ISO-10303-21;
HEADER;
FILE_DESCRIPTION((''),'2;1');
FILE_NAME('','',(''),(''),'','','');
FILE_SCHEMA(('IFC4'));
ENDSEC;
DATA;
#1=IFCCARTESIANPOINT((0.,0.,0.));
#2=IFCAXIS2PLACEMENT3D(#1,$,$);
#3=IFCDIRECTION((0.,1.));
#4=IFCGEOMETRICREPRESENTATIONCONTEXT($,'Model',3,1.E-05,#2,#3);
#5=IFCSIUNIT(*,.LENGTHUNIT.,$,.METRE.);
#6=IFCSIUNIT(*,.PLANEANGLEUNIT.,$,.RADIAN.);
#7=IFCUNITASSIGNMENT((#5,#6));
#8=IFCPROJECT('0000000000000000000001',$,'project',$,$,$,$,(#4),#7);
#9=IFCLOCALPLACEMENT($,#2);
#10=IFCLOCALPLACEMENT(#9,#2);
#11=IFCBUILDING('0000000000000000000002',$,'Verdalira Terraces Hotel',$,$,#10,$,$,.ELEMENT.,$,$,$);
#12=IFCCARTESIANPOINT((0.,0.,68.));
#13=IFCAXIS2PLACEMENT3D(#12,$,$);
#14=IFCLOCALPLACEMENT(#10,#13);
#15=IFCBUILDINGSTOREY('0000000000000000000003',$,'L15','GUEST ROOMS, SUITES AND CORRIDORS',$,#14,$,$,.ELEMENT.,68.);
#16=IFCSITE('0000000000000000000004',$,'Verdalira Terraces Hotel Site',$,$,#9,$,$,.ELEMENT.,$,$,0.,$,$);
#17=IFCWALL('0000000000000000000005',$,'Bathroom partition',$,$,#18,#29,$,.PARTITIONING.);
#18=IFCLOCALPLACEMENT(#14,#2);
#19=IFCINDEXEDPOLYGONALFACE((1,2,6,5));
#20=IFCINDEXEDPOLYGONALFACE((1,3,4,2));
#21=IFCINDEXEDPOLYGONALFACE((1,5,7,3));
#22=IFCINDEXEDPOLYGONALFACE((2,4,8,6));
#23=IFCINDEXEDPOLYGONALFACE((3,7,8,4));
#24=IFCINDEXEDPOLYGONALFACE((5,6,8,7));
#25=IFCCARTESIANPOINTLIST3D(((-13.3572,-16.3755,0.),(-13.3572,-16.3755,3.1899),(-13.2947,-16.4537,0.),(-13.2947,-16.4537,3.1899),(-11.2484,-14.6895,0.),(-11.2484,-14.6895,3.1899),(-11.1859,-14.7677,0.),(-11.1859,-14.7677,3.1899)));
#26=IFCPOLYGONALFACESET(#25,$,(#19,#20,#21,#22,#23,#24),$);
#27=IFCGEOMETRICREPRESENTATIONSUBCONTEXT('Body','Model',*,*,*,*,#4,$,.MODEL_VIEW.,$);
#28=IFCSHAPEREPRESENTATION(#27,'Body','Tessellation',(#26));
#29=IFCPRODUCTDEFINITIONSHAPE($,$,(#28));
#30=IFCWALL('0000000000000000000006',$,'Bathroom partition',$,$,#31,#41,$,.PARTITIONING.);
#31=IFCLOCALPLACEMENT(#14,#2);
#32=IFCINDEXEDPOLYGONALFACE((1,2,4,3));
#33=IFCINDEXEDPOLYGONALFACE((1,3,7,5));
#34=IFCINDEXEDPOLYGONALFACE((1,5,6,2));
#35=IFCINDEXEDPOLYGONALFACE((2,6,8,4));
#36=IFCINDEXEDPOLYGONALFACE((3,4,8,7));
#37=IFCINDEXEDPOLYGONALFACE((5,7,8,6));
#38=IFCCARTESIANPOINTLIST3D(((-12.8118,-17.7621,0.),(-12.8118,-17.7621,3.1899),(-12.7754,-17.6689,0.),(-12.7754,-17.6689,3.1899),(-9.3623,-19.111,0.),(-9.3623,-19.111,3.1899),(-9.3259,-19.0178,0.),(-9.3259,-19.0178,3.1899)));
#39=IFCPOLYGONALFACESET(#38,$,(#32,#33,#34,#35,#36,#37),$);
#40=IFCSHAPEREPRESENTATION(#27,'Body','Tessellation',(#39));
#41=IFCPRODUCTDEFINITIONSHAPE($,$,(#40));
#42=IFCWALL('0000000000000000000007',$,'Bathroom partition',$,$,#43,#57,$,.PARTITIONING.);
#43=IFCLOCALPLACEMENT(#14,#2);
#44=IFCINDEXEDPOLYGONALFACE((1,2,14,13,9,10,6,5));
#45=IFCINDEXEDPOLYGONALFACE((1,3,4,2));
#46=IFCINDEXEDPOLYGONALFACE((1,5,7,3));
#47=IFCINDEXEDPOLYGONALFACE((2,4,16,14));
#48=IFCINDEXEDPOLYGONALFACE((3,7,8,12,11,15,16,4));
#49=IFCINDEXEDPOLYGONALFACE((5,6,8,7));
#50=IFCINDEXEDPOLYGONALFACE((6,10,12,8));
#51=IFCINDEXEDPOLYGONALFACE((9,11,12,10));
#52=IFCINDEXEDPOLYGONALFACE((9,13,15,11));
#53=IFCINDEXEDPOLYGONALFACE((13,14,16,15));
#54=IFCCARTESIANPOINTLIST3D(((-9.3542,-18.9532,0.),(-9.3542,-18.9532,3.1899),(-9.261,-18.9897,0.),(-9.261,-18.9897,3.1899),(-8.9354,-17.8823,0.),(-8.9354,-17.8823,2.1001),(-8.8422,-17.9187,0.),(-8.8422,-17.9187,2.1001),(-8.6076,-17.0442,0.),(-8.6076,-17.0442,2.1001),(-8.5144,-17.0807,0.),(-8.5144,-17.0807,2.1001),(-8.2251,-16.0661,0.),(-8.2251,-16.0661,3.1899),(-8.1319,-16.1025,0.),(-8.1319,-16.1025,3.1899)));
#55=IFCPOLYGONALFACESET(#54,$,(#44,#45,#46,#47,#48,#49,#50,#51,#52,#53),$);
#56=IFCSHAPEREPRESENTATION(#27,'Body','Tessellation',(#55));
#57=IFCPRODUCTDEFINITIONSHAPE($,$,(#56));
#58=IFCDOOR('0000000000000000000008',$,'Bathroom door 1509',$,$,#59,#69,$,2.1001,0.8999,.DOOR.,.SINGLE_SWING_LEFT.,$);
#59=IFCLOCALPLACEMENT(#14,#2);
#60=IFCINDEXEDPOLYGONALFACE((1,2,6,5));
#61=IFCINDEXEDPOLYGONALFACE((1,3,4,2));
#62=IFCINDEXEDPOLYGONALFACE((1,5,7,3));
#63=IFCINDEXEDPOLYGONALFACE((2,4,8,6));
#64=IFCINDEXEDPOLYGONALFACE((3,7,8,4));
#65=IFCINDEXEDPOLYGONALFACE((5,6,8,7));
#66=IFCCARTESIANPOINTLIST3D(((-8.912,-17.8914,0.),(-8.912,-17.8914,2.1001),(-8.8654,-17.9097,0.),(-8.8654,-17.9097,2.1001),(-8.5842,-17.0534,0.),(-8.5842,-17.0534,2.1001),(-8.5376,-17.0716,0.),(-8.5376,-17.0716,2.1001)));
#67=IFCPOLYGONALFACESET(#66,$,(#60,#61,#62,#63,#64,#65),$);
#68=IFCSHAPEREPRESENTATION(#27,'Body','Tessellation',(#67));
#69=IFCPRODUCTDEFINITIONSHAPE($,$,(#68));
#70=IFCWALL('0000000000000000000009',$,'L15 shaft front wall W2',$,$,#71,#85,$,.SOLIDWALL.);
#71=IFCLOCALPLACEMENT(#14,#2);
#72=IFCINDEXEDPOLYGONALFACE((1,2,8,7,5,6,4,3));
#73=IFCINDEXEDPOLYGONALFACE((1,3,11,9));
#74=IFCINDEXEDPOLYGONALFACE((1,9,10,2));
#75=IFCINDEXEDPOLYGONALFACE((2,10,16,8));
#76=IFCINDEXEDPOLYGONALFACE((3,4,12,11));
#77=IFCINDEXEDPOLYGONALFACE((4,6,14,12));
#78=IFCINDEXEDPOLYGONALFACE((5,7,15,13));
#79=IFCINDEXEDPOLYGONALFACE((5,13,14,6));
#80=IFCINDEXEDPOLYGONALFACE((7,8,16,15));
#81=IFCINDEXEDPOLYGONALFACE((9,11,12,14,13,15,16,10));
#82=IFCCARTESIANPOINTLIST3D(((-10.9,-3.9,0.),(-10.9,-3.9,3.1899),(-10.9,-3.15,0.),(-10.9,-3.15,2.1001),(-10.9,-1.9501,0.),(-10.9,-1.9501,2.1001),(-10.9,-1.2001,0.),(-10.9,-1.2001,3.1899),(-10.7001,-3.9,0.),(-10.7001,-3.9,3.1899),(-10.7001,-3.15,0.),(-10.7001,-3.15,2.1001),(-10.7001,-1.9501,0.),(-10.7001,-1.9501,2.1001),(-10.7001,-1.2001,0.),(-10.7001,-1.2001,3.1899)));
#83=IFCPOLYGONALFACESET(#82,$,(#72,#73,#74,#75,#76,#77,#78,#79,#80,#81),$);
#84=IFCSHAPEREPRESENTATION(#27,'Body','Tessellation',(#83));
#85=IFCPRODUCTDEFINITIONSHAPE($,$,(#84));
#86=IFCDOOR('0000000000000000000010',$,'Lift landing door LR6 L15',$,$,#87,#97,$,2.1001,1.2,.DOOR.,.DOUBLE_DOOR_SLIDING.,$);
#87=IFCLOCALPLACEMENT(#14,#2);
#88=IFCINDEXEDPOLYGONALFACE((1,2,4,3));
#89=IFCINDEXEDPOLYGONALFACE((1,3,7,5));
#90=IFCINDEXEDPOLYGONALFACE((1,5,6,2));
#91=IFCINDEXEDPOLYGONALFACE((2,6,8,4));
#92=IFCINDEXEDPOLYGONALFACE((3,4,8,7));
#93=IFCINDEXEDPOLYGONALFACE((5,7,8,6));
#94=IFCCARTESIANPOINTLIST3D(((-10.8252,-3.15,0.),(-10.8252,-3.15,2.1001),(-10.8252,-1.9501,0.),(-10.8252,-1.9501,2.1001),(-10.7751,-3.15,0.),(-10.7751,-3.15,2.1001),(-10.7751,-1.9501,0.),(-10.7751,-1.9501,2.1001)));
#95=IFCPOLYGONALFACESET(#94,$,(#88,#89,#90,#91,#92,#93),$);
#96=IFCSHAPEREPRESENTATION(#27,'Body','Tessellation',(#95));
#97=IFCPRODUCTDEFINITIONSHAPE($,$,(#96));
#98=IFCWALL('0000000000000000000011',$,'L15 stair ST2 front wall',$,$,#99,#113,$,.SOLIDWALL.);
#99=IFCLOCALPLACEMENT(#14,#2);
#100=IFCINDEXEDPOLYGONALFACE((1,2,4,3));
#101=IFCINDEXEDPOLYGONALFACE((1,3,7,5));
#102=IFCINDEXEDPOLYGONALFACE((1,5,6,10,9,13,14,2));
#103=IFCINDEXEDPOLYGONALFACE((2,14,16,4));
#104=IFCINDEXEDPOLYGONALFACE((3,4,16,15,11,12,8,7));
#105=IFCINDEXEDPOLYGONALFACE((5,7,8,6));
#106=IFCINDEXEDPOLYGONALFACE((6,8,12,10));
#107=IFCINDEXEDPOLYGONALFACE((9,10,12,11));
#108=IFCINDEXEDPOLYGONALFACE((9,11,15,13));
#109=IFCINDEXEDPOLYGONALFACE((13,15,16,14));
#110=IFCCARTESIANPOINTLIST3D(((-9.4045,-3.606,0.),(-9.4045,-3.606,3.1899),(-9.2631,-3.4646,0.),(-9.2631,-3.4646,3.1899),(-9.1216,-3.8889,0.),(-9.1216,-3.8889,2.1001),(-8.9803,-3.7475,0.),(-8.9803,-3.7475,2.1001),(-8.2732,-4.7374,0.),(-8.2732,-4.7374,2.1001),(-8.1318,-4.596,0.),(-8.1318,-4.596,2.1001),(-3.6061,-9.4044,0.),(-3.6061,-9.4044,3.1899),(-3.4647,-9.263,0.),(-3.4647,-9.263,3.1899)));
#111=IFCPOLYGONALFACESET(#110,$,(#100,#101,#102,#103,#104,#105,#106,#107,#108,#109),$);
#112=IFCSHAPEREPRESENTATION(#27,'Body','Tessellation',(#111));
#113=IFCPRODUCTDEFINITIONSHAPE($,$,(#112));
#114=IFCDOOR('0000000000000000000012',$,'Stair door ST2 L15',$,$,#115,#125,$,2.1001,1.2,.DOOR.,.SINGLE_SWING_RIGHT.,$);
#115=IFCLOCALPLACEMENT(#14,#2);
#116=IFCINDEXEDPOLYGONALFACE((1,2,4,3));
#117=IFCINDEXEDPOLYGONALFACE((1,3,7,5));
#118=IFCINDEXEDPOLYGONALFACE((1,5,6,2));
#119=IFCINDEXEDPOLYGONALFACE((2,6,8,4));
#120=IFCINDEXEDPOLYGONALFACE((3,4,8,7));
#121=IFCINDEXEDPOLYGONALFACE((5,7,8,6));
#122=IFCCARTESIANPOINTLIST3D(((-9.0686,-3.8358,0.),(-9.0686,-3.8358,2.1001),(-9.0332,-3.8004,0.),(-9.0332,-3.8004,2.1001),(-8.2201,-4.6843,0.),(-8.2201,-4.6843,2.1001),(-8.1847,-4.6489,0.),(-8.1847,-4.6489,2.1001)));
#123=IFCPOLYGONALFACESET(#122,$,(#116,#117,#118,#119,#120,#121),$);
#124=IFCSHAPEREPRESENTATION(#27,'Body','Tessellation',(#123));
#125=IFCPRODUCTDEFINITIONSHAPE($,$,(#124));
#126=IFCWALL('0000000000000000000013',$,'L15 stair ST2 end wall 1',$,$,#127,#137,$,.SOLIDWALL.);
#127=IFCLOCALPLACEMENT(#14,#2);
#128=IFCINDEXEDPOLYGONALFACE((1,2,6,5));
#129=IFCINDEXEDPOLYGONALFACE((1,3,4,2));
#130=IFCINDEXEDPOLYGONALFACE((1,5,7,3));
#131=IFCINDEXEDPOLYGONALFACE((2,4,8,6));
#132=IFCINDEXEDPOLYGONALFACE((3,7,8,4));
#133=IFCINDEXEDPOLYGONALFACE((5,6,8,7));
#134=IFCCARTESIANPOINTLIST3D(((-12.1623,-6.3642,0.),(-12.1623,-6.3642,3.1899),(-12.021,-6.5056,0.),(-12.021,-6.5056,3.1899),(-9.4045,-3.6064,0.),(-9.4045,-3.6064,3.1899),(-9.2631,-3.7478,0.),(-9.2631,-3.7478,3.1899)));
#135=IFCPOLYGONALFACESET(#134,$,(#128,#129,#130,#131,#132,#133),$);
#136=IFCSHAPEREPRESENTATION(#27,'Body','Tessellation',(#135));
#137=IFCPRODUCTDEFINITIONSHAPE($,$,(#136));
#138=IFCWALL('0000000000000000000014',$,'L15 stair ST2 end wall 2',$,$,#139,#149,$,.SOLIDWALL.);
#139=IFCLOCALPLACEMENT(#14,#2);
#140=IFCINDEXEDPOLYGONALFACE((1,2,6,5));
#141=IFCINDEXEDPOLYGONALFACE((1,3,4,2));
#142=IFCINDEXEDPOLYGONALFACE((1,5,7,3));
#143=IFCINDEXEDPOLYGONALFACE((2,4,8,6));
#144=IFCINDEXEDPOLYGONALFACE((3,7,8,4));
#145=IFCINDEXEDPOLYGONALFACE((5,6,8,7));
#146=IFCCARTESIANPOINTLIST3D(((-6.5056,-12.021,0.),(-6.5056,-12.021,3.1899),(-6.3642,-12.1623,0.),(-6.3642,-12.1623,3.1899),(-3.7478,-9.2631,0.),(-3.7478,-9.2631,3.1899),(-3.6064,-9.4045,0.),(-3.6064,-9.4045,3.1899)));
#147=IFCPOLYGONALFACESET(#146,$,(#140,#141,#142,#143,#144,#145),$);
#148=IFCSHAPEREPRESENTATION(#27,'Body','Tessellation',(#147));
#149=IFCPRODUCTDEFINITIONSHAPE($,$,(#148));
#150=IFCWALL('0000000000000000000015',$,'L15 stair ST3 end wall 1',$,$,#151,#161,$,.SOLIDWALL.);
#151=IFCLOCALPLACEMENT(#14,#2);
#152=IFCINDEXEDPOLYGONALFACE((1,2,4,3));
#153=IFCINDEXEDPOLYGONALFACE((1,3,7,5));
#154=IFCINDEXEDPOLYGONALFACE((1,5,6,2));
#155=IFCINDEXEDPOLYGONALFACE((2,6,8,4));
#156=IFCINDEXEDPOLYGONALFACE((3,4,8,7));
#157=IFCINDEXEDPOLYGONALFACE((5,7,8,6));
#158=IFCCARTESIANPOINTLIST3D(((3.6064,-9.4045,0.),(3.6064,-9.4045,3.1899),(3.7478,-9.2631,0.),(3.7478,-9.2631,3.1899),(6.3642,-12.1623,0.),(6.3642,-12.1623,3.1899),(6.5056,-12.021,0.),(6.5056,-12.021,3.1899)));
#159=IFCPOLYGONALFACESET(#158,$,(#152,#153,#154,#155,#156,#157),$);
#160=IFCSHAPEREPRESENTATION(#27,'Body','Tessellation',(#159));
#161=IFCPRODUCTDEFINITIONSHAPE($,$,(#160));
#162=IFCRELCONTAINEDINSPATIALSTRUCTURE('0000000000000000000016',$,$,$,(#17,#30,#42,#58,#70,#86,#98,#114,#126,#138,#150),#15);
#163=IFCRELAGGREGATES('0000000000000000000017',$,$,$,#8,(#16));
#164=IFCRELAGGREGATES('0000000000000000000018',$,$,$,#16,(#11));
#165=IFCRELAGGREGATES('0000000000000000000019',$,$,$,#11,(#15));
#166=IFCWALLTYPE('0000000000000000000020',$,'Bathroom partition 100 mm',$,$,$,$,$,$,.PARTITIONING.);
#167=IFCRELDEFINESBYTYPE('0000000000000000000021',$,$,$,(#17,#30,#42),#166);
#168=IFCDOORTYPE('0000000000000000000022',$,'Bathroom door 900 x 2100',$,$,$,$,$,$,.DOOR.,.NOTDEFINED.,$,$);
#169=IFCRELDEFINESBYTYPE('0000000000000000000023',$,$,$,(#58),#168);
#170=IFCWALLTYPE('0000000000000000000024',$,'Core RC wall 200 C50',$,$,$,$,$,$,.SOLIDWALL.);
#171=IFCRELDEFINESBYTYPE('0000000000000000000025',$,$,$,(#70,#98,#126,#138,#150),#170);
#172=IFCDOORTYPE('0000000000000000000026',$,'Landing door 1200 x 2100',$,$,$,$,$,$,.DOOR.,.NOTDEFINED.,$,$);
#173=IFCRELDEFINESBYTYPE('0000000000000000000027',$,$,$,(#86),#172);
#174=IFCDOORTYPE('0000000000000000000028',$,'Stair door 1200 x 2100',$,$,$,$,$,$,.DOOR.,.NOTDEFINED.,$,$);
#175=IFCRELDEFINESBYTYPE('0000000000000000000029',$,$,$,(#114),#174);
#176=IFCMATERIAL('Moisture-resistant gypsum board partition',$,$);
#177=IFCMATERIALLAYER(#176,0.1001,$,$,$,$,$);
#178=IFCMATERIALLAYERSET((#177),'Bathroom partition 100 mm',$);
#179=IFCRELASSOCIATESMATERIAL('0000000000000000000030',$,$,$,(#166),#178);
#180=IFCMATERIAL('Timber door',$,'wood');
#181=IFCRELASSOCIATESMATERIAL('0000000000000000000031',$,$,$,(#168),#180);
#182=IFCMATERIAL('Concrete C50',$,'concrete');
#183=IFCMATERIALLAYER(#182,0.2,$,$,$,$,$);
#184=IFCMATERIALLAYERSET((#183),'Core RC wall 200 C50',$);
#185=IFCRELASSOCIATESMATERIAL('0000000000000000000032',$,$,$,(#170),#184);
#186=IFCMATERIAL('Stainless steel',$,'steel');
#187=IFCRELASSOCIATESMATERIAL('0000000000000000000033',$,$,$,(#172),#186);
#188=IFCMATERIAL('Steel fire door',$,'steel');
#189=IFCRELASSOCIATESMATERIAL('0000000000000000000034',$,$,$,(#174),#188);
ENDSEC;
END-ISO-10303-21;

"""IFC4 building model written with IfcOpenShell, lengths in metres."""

from ifc_helpers import new_model, si_unit, direction, frame, frame_2d, origin, place, context, subcontext, project, spatial, rectangle, extrude, material, layer, layer_set, type_object, element, fill, save


model = new_model("IFC4")

# Units and contexts
model_context = context("Model", 3, precision=1e-05, world=origin(), true_north=direction((0.0, 1.0)))
body_context = subcontext(model_context, "Body", "Model", "MODEL_VIEW")
ifc_project = project(units=[si_unit("LENGTHUNIT", "METRE"), si_unit("PLANEANGLEUNIT", "RADIAN")], contexts=[model_context])

# Site, building, storey
site_placement = place(None, origin())
site = spatial("IfcSite", under=ifc_project, at=site_placement, Name="Verdalira Terraces Hotel Site", CompositionType="ELEMENT", RefElevation=0.0)
building_placement = place(site_placement, origin())
building = spatial("IfcBuilding", under=site, at=building_placement, Name="Verdalira Terraces Hotel", CompositionType="ELEMENT")
storey_placement = place(building_placement, frame((0.0, 0.0, 68.0)))
storey = spatial("IfcBuildingStorey", under=building, at=storey_placement, Name="L15", Description="GUEST ROOMS, SUITES AND CORRIDORS", CompositionType="ELEMENT", Elevation=68.0)

# Walls
ifc_material_1 = material(Name="Moisture-resistant gypsum board partition")
ifc_layer_1 = layer(ifc_material_1, 0.1001)
ifc_layer_set_1 = layer_set([ifc_layer_1], Name="Bathroom partition 100 mm")
wall_type_1 = type_object("IfcWallType", Name="Bathroom partition 100 mm", PredefinedType="PARTITIONING", material=ifc_layer_set_1)
wall_1_placement = place(storey_placement, frame((-11.217, -14.7285, 0.0), z_axis=(0.0, 0.0, 1.0), x_axis=(-0.781063, -0.624452, 0.0)))
element("IfcWall", 1, at=wall_1_placement, inside=storey, type_object=wall_type_1, Name="Bathroom partition", PredefinedType="PARTITIONING", context=body_context, shape_type="SweptSolid", body=[
    extrude(rectangle(XDim=2.7, YDim=0.1001, at=frame_2d((1.3501, 0.0))), origin(), (0.0, 0.0, 1.0), 3.1899),
])
wall_2_placement = place(storey_placement, frame((-9.344, -19.0645, 0.0), z_axis=(0.0, 0.0, 1.0), x_axis=(-0.931326, 0.364186, 0.0)))
element("IfcWall", 2, at=wall_2_placement, inside=storey, type_object=wall_type_1, Name="Bathroom partition", PredefinedType="PARTITIONING", context=body_context, shape_type="SweptSolid", body=[
    extrude(rectangle(XDim=3.7039, YDim=0.1001, at=frame_2d((1.8521, 0.0))), origin(), (0.0, 0.0, 1.0), 3.1899),
])

# Walls, openings, doors
wall_3_placement = place(storey_placement, frame((-9.3076, -18.9714, 0.0), z_axis=(0.0, 0.0, 1.0), x_axis=(0.364224, 0.931311, 0.0)))
wall_3 = element("IfcWall", 3, at=wall_3_placement, inside=storey, type_object=wall_type_1, Name="Bathroom partition", PredefinedType="PARTITIONING", context=body_context, shape_type="SweptSolid", body=[
    extrude(rectangle(XDim=3.1001, YDim=0.1001, at=frame_2d((1.55, 0.0))), origin(), (0.0, 0.0, 1.0), 3.1899),
])
opening_1_placement = place(wall_3_placement, frame((1.1499, 0.0, 0.0)))
opening_1 = element("IfcOpeningElement", 4, at=opening_1_placement, cuts=wall_3, PredefinedType="OPENING", context=body_context, shape_type="SweptSolid", body=[
    extrude(rectangle(XDim=0.8999, YDim=2.1001, at=frame_2d((0.45, 1.05))), frame((0.0, 0.0601, 0.0), z_axis=(0.0, -1.0, 0.0), x_axis=(1.0, 0.0, 0.0)), (0.0, 0.0, 1.0), 0.1201),
])
ifc_material_2 = material(Name="Timber door", Category="wood")
door_type_1 = type_object("IfcDoorType", Name="Bathroom door 900 x 2100", OperationType="NOTDEFINED", PredefinedType="DOOR", material=ifc_material_2)
door_1_placement = place(opening_1_placement, origin())
door_1 = element("IfcDoor", 5, at=door_1_placement, inside=storey, type_object=door_type_1, Name="Bathroom door 1509", OperationType="SINGLE_SWING_LEFT", OverallHeight=2.1001, OverallWidth=0.8999, PredefinedType="DOOR", context=body_context, shape_type="SweptSolid", body=[
    extrude(rectangle(XDim=0.8999, YDim=2.1001, at=frame_2d((0.45, 1.05))), frame((0.0, 0.0249, 0.0), z_axis=(0.0, -1.0, 0.0), x_axis=(1.0, 0.0, 0.0)), (0.0, 0.0, 1.0), 0.05),
])
fill(opening_1, door_1)
ifc_material_3 = material(Name="Concrete C50", Category="concrete")
ifc_layer_2 = layer(ifc_material_3, 0.2)
ifc_layer_set_2 = layer_set([ifc_layer_2], Name="Core RC wall 200 C50")
wall_type_2 = type_object("IfcWallType", Name="Core RC wall 200 C50", PredefinedType="SOLIDWALL", material=ifc_layer_set_2)
wall_4_placement = place(storey_placement, frame((-10.8, -1.2, 0.0), z_axis=(0.0, 0.0, 1.0), x_axis=(0.0, -1.0, 0.0)))
wall_4 = element("IfcWall", 6, at=wall_4_placement, inside=storey, type_object=wall_type_2, Name="L15 shaft front wall W2", PredefinedType="SOLIDWALL", context=body_context, shape_type="SweptSolid", body=[
    extrude(rectangle(XDim=2.7, YDim=0.2, at=frame_2d((1.3501, 0.0))), origin(), (0.0, 0.0, 1.0), 3.1899),
])
opening_2_placement = place(wall_4_placement, frame((0.75, 0.0, 0.0)))
opening_2 = element("IfcOpeningElement", 7, at=opening_2_placement, cuts=wall_4, PredefinedType="OPENING", context=body_context, shape_type="SweptSolid", body=[
    extrude(rectangle(XDim=1.2, YDim=2.1001, at=frame_2d((0.6001, 1.05))), frame((0.0, 0.1099, 0.0), z_axis=(0.0, -1.0, 0.0), x_axis=(1.0, 0.0, 0.0)), (0.0, 0.0, 1.0), 0.22),
])
ifc_material_4 = material(Name="Stainless steel", Category="steel")
door_type_2 = type_object("IfcDoorType", Name="Landing door 1200 x 2100", OperationType="NOTDEFINED", PredefinedType="DOOR", material=ifc_material_4)
door_2_placement = place(opening_2_placement, origin())
door_2 = element("IfcDoor", 8, at=door_2_placement, inside=storey, type_object=door_type_2, Name="Lift landing door LR6 L15", OperationType="DOUBLE_DOOR_SLIDING", OverallHeight=2.1001, OverallWidth=1.2, PredefinedType="DOOR", context=body_context, shape_type="SweptSolid", body=[
    extrude(rectangle(XDim=1.2, YDim=2.1001, at=frame_2d((0.6001, 1.05))), frame((0.0, 0.0249, 0.0), z_axis=(0.0, -1.0, 0.0), x_axis=(1.0, 0.0, 0.0)), (0.0, 0.0, 1.0), 0.05),
])
fill(opening_2, door_2)
wall_5_placement = place(storey_placement, frame((-3.5354, -9.3337, 0.0), z_axis=(0.0, 0.0, 1.0), x_axis=(-0.707107, 0.707107, 0.0)))
wall_5 = element("IfcWall", 9, at=wall_5_placement, inside=storey, type_object=wall_type_2, Name="L15 stair ST2 front wall", PredefinedType="SOLIDWALL", context=body_context, shape_type="SweptSolid", body=[
    extrude(rectangle(XDim=8.2002, YDim=0.2, at=frame_2d((4.1001, 0.0))), origin(), (0.0, 0.0, 1.0), 3.1899),
])
opening_3_placement = place(wall_5_placement, frame((6.6001, 0.0, 0.0)))
opening_3 = element("IfcOpeningElement", 10, at=opening_3_placement, cuts=wall_5, PredefinedType="OPENING", context=body_context, shape_type="SweptSolid", body=[
    extrude(rectangle(XDim=1.2, YDim=2.1001, at=frame_2d((0.6001, 1.05))), frame((0.0, 0.1099, 0.0), z_axis=(0.0, -1.0, 0.0), x_axis=(1.0, 0.0, 0.0)), (0.0, 0.0, 1.0), 0.22),
])
ifc_material_5 = material(Name="Steel fire door", Category="steel")
door_type_3 = type_object("IfcDoorType", Name="Stair door 1200 x 2100", OperationType="NOTDEFINED", PredefinedType="DOOR", material=ifc_material_5)
door_3_placement = place(opening_3_placement, origin())
door_3 = element("IfcDoor", 11, at=door_3_placement, inside=storey, type_object=door_type_3, Name="Stair door ST2 L15", OperationType="SINGLE_SWING_RIGHT", OverallHeight=2.1001, OverallWidth=1.2, PredefinedType="DOOR", context=body_context, shape_type="SweptSolid", body=[
    extrude(rectangle(XDim=1.2, YDim=2.1001, at=frame_2d((0.6001, 1.05))), frame((0.0, 0.0249, 0.0), z_axis=(0.0, -1.0, 0.0), x_axis=(1.0, 0.0, 0.0)), (0.0, 0.0, 1.0), 0.05),
])
fill(opening_3, door_3)

# Walls
for number, where, z_axis, x_axis, name in (
    (12, (-9.3337, -3.677, 0.0), (0.0, 0.0, 1.0), (-0.707107, -0.707107, 0.0), "L15 stair ST2 end wall 1"),
    (13, (-3.677, -9.3337, 0.0), (0.0, 0.0, 1.0), (-0.707107, -0.707107, 0.0), "L15 stair ST2 end wall 2"),
    (14, (3.677, -9.3337, 0.0), (0.0, 0.0, 1.0), (0.707107, -0.707107, 0.0), "L15 stair ST3 end wall 1"),
):
    element("IfcWall", number, at=place(storey_placement, frame(where, z_axis=z_axis, x_axis=x_axis)), inside=storey, type_object=wall_type_2, Name=name, PredefinedType="SOLIDWALL", context=body_context, shape_type="SweptSolid", body=[
        extrude(rectangle(XDim=3.9001, YDim=0.2, at=frame_2d((1.9502, 0.0))), origin(), (0.0, 0.0, 1.0), 3.1899),
    ])

save(model, "model.ifc")
